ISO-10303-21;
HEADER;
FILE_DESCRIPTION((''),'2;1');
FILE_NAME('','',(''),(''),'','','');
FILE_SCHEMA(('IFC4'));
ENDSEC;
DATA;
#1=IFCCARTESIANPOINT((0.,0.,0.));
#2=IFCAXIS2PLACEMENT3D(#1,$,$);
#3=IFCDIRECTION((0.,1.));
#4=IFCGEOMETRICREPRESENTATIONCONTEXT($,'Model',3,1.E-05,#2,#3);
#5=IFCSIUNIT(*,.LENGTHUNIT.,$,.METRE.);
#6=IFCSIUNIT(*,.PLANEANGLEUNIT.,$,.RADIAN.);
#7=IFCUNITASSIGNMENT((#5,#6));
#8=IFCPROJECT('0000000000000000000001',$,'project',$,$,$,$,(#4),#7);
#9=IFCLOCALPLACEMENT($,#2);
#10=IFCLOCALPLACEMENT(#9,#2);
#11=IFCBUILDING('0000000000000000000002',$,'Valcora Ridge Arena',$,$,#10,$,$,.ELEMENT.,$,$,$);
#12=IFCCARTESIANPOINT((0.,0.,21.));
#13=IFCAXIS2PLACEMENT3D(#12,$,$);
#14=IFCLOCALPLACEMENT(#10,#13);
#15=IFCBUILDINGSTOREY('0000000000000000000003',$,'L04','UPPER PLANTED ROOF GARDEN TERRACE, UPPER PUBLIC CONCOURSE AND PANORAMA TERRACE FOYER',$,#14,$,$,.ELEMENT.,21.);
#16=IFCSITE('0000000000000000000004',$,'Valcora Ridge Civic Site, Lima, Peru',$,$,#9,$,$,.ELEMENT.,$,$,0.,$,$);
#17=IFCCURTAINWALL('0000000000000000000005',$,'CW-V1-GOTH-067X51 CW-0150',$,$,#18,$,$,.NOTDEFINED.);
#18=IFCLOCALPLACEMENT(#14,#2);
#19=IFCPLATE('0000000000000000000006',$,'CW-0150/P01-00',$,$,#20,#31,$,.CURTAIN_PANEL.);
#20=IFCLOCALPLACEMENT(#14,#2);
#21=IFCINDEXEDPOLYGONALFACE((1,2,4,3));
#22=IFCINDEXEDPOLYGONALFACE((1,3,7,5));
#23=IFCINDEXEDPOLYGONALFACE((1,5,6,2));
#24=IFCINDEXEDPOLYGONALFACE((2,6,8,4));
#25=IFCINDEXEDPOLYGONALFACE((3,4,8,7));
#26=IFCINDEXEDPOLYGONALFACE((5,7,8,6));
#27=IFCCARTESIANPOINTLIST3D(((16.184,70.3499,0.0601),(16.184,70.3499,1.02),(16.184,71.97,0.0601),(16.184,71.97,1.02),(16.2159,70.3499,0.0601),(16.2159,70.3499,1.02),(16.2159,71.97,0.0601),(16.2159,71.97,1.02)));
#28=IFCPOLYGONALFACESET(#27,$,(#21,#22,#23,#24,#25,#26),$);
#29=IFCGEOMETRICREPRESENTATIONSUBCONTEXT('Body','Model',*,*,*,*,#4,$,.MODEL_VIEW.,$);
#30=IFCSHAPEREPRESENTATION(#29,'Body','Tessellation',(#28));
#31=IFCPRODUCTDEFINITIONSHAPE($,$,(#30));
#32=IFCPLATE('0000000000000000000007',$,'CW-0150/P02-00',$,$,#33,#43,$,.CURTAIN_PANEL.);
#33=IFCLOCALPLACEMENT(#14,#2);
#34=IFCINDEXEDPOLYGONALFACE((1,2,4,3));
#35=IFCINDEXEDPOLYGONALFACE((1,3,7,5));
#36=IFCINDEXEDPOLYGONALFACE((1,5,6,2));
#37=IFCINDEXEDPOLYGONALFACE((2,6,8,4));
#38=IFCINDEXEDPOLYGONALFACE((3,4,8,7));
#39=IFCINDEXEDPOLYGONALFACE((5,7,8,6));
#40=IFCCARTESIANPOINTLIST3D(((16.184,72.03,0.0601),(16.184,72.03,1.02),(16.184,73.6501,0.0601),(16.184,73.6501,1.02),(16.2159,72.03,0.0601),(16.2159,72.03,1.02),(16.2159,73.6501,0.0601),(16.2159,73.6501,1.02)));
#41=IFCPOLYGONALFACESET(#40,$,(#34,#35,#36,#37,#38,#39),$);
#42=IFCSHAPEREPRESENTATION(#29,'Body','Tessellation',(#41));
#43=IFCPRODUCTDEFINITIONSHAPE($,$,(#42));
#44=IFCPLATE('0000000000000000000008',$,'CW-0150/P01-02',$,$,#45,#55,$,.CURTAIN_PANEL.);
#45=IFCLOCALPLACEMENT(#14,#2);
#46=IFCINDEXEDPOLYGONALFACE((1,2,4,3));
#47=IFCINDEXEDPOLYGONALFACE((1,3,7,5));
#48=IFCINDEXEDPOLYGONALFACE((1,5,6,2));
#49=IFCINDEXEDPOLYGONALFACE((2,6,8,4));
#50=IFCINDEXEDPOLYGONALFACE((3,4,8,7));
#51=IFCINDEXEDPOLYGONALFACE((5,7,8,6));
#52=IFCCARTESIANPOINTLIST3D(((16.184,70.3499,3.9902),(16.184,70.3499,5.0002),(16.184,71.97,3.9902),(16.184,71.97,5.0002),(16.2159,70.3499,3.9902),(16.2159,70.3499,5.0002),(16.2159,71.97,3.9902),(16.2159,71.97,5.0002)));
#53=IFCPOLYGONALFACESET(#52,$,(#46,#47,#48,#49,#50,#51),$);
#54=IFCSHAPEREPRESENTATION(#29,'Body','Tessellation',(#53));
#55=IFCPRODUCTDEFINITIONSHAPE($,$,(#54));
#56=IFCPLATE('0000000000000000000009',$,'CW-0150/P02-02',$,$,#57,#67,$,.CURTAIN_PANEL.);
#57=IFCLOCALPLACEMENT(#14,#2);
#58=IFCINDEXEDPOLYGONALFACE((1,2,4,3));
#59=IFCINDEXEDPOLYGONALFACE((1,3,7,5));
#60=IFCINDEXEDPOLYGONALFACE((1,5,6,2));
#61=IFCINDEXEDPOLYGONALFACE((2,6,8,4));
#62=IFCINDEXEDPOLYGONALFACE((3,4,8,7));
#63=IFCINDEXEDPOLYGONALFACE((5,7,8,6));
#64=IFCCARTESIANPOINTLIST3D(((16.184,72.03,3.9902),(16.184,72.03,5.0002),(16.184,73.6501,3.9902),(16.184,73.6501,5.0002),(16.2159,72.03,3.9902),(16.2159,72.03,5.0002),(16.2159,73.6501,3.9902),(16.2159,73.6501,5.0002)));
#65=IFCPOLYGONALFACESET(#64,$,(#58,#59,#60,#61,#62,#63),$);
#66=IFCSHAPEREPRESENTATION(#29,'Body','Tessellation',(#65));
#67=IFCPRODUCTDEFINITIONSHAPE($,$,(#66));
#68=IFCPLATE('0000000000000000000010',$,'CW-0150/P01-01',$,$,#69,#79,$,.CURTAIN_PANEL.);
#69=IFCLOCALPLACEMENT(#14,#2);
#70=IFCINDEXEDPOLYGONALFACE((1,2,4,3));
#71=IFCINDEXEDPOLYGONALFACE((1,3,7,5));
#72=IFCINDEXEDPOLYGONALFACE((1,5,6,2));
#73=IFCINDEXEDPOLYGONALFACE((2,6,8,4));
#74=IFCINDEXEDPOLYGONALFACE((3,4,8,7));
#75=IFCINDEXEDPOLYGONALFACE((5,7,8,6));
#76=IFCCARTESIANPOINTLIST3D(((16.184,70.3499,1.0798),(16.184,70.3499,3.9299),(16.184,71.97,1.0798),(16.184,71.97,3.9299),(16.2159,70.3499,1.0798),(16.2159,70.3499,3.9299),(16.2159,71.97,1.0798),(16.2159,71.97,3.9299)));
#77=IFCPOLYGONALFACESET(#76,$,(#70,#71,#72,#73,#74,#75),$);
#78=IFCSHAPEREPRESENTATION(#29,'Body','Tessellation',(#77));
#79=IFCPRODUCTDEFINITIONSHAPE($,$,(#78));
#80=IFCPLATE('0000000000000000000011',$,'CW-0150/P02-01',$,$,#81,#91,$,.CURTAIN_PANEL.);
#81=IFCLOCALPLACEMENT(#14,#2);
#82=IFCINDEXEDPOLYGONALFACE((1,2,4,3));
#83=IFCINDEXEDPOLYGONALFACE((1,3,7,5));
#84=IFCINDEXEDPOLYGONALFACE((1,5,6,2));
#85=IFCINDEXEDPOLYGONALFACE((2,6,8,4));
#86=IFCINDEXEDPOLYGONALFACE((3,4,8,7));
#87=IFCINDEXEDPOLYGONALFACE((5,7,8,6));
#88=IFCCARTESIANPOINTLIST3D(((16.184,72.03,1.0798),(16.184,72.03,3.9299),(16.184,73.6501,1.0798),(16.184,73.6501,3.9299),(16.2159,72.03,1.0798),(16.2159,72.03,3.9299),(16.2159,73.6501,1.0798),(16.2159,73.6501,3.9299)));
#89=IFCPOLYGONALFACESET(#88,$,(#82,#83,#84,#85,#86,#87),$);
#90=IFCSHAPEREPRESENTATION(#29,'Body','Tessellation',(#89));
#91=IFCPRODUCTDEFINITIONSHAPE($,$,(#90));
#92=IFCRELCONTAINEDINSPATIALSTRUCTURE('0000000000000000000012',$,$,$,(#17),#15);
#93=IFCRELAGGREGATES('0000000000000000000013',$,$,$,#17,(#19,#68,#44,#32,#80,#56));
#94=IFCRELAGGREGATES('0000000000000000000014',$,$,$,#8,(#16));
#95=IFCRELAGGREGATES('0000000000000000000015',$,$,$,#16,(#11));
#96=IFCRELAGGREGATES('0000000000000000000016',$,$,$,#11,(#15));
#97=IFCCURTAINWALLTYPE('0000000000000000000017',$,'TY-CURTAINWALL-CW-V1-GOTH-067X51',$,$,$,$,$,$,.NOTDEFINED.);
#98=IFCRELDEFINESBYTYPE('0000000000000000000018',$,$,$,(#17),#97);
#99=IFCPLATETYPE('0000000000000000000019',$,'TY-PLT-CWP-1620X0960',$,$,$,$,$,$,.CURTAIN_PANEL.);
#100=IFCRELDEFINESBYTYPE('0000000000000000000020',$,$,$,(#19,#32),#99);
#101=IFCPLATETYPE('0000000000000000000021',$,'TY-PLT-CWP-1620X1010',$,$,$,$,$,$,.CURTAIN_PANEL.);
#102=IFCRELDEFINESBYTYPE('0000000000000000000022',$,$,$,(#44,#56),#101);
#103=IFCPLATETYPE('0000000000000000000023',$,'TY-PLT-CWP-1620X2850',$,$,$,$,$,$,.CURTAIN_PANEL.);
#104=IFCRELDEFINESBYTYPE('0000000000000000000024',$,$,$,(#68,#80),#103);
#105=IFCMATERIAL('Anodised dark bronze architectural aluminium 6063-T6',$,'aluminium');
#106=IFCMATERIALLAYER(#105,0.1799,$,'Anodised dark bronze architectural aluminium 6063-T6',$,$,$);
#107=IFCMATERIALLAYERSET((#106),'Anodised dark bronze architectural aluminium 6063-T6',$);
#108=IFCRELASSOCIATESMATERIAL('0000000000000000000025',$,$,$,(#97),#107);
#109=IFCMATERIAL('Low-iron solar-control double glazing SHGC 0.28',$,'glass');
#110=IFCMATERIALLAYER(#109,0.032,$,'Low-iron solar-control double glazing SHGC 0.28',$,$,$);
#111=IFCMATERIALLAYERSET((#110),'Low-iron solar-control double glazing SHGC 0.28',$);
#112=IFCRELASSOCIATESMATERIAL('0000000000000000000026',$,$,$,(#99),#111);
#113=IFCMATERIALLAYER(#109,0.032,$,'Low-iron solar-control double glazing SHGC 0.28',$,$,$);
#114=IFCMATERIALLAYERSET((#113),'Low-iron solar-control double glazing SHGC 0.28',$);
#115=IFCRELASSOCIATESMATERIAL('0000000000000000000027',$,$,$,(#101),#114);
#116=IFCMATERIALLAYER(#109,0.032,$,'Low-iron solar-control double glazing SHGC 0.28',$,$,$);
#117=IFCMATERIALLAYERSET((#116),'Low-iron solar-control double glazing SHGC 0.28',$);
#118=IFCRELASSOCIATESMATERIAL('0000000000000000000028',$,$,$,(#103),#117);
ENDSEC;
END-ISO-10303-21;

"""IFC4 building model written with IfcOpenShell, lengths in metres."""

from ifc_helpers import new_model, si_unit, direction, frame, origin, origin_2d, place, context, subcontext, project, spatial, rectangle, extrude, material, layer, layer_set, type_object, element, aggregate, save


model = new_model("IFC4")

# Units and contexts
model_context = context("Model", 3, precision=1e-05, world=origin(), true_north=direction((0.0, 1.0)))
body_context = subcontext(model_context, "Body", "Model", "MODEL_VIEW")
ifc_project = project(units=[si_unit("LENGTHUNIT", "METRE"), si_unit("PLANEANGLEUNIT", "RADIAN")], contexts=[model_context])

# Site, building, storey
site_placement = place(None, origin())
site = spatial("IfcSite", under=ifc_project, at=site_placement, Name="Valcora Ridge Civic Site, Lima, Peru", CompositionType="ELEMENT", RefElevation=0.0)
building_placement = place(site_placement, origin())
building = spatial("IfcBuilding", under=site, at=building_placement, Name="Valcora Ridge Arena", CompositionType="ELEMENT")
storey_placement = place(building_placement, frame((0.0, 0.0, 21.0)))
storey = spatial("IfcBuildingStorey", under=building, at=storey_placement, Name="L04", Description="UPPER PLANTED ROOF GARDEN TERRACE, UPPER PUBLIC CONCOURSE AND PANORAMA TERRACE FOYER", CompositionType="ELEMENT", Elevation=21.0)

# Curtain wall
ifc_material_1 = material(Name="Anodised dark bronze architectural aluminium 6063-T6", Category="aluminium")
ifc_layer_1 = layer(ifc_material_1, 0.1799, Name="Anodised dark bronze architectural aluminium 6063-T6")
ifc_layer_set_1 = layer_set([ifc_layer_1], Name="Anodised dark bronze architectural aluminium 6063-T6")
curtain_wall_type_1 = type_object("IfcCurtainWallType", Name="TY-CURTAINWALL-CW-V1-GOTH-067X51", PredefinedType="NOTDEFINED", material=ifc_layer_set_1)
curtain_wall_1_placement = place(storey_placement, origin())
curtain_wall_1 = element("IfcCurtainWall", 1, at=curtain_wall_1_placement, inside=storey, type_object=curtain_wall_type_1, Name="CW-V1-GOTH-067X51 CW-0150", PredefinedType="NOTDEFINED")

# Plates
ifc_material_2 = material(Name="Low-iron solar-control double glazing SHGC 0.28", Category="glass")
ifc_layer_2 = layer(ifc_material_2, 0.032, Name="Low-iron solar-control double glazing SHGC 0.28")
ifc_layer_set_2 = layer_set([ifc_layer_2], Name="Low-iron solar-control double glazing SHGC 0.28")
plate_type_1 = type_object("IfcPlateType", Name="TY-PLT-CWP-1620X0960", PredefinedType="CURTAIN_PANEL", material=ifc_layer_set_2)
plate_1_placement = place(storey_placement, frame((16.2, 71.1599, 0.0601), z_axis=(0.0, 0.0, 1.0), x_axis=(0.0, 1.0, 0.0)))
plate_1 = element("IfcPlate", 2, at=plate_1_placement, type_object=plate_type_1, Name="CW-0150/P01-00", PredefinedType="CURTAIN_PANEL", context=body_context, shape_type="SweptSolid", body=[
    extrude(rectangle(XDim=1.6201, YDim=0.032, at=origin_2d()), origin(), (0.0, 0.0, 1.0), 0.96),
])
plate_2_placement = place(storey_placement, frame((16.2, 72.8401, 0.0601), z_axis=(0.0, 0.0, 1.0), x_axis=(0.0, 1.0, 0.0)))
plate_2 = element("IfcPlate", 3, at=plate_2_placement, type_object=plate_type_1, Name="CW-0150/P02-00", PredefinedType="CURTAIN_PANEL", context=body_context, shape_type="SweptSolid", body=[
    extrude(rectangle(XDim=1.6201, YDim=0.032, at=origin_2d()), origin(), (0.0, 0.0, 1.0), 0.96),
])
ifc_layer_3 = layer(ifc_material_2, 0.032, Name="Low-iron solar-control double glazing SHGC 0.28")
ifc_layer_set_3 = layer_set([ifc_layer_3], Name="Low-iron solar-control double glazing SHGC 0.28")
plate_type_2 = type_object("IfcPlateType", Name="TY-PLT-CWP-1620X1010", PredefinedType="CURTAIN_PANEL", material=ifc_layer_set_3)
plate_3_placement = place(storey_placement, frame((16.2, 71.1599, 3.9902), z_axis=(0.0, 0.0, 1.0), x_axis=(0.0, 1.0, 0.0)))
plate_3 = element("IfcPlate", 4, at=plate_3_placement, type_object=plate_type_2, Name="CW-0150/P01-02", PredefinedType="CURTAIN_PANEL", context=body_context, shape_type="SweptSolid", body=[
    extrude(rectangle(XDim=1.6201, YDim=0.032, at=origin_2d()), origin(), (0.0, 0.0, 1.0), 1.01),
])
plate_4_placement = place(storey_placement, frame((16.2, 72.8401, 3.9902), z_axis=(0.0, 0.0, 1.0), x_axis=(0.0, 1.0, 0.0)))
plate_4 = element("IfcPlate", 5, at=plate_4_placement, type_object=plate_type_2, Name="CW-0150/P02-02", PredefinedType="CURTAIN_PANEL", context=body_context, shape_type="SweptSolid", body=[
    extrude(rectangle(XDim=1.6201, YDim=0.032, at=origin_2d()), origin(), (0.0, 0.0, 1.0), 1.01),
])
ifc_layer_4 = layer(ifc_material_2, 0.032, Name="Low-iron solar-control double glazing SHGC 0.28")
ifc_layer_set_4 = layer_set([ifc_layer_4], Name="Low-iron solar-control double glazing SHGC 0.28")
plate_type_3 = type_object("IfcPlateType", Name="TY-PLT-CWP-1620X2850", PredefinedType="CURTAIN_PANEL", material=ifc_layer_set_4)
plate_5_placement = place(storey_placement, frame((16.2, 71.1599, 1.0798), z_axis=(0.0, 0.0, 1.0), x_axis=(0.0, 1.0, 0.0)))
plate_5 = element("IfcPlate", 6, at=plate_5_placement, type_object=plate_type_3, Name="CW-0150/P01-01", PredefinedType="CURTAIN_PANEL", context=body_context, shape_type="SweptSolid", body=[
    extrude(rectangle(XDim=1.6201, YDim=0.032, at=origin_2d()), origin(), (0.0, 0.0, 1.0), 2.8501),
])
plate_6_placement = place(storey_placement, frame((16.2, 72.8401, 1.0798), z_axis=(0.0, 0.0, 1.0), x_axis=(0.0, 1.0, 0.0)))
plate_6 = element("IfcPlate", 7, at=plate_6_placement, type_object=plate_type_3, Name="CW-0150/P02-01", PredefinedType="CURTAIN_PANEL", context=body_context, shape_type="SweptSolid", body=[
    extrude(rectangle(XDim=1.6201, YDim=0.032, at=origin_2d()), origin(), (0.0, 0.0, 1.0), 2.8501),
])
aggregate(curtain_wall_1, [plate_1, plate_5, plate_3, plate_2, plate_6, plate_4])

save(model, "model.ifc")
